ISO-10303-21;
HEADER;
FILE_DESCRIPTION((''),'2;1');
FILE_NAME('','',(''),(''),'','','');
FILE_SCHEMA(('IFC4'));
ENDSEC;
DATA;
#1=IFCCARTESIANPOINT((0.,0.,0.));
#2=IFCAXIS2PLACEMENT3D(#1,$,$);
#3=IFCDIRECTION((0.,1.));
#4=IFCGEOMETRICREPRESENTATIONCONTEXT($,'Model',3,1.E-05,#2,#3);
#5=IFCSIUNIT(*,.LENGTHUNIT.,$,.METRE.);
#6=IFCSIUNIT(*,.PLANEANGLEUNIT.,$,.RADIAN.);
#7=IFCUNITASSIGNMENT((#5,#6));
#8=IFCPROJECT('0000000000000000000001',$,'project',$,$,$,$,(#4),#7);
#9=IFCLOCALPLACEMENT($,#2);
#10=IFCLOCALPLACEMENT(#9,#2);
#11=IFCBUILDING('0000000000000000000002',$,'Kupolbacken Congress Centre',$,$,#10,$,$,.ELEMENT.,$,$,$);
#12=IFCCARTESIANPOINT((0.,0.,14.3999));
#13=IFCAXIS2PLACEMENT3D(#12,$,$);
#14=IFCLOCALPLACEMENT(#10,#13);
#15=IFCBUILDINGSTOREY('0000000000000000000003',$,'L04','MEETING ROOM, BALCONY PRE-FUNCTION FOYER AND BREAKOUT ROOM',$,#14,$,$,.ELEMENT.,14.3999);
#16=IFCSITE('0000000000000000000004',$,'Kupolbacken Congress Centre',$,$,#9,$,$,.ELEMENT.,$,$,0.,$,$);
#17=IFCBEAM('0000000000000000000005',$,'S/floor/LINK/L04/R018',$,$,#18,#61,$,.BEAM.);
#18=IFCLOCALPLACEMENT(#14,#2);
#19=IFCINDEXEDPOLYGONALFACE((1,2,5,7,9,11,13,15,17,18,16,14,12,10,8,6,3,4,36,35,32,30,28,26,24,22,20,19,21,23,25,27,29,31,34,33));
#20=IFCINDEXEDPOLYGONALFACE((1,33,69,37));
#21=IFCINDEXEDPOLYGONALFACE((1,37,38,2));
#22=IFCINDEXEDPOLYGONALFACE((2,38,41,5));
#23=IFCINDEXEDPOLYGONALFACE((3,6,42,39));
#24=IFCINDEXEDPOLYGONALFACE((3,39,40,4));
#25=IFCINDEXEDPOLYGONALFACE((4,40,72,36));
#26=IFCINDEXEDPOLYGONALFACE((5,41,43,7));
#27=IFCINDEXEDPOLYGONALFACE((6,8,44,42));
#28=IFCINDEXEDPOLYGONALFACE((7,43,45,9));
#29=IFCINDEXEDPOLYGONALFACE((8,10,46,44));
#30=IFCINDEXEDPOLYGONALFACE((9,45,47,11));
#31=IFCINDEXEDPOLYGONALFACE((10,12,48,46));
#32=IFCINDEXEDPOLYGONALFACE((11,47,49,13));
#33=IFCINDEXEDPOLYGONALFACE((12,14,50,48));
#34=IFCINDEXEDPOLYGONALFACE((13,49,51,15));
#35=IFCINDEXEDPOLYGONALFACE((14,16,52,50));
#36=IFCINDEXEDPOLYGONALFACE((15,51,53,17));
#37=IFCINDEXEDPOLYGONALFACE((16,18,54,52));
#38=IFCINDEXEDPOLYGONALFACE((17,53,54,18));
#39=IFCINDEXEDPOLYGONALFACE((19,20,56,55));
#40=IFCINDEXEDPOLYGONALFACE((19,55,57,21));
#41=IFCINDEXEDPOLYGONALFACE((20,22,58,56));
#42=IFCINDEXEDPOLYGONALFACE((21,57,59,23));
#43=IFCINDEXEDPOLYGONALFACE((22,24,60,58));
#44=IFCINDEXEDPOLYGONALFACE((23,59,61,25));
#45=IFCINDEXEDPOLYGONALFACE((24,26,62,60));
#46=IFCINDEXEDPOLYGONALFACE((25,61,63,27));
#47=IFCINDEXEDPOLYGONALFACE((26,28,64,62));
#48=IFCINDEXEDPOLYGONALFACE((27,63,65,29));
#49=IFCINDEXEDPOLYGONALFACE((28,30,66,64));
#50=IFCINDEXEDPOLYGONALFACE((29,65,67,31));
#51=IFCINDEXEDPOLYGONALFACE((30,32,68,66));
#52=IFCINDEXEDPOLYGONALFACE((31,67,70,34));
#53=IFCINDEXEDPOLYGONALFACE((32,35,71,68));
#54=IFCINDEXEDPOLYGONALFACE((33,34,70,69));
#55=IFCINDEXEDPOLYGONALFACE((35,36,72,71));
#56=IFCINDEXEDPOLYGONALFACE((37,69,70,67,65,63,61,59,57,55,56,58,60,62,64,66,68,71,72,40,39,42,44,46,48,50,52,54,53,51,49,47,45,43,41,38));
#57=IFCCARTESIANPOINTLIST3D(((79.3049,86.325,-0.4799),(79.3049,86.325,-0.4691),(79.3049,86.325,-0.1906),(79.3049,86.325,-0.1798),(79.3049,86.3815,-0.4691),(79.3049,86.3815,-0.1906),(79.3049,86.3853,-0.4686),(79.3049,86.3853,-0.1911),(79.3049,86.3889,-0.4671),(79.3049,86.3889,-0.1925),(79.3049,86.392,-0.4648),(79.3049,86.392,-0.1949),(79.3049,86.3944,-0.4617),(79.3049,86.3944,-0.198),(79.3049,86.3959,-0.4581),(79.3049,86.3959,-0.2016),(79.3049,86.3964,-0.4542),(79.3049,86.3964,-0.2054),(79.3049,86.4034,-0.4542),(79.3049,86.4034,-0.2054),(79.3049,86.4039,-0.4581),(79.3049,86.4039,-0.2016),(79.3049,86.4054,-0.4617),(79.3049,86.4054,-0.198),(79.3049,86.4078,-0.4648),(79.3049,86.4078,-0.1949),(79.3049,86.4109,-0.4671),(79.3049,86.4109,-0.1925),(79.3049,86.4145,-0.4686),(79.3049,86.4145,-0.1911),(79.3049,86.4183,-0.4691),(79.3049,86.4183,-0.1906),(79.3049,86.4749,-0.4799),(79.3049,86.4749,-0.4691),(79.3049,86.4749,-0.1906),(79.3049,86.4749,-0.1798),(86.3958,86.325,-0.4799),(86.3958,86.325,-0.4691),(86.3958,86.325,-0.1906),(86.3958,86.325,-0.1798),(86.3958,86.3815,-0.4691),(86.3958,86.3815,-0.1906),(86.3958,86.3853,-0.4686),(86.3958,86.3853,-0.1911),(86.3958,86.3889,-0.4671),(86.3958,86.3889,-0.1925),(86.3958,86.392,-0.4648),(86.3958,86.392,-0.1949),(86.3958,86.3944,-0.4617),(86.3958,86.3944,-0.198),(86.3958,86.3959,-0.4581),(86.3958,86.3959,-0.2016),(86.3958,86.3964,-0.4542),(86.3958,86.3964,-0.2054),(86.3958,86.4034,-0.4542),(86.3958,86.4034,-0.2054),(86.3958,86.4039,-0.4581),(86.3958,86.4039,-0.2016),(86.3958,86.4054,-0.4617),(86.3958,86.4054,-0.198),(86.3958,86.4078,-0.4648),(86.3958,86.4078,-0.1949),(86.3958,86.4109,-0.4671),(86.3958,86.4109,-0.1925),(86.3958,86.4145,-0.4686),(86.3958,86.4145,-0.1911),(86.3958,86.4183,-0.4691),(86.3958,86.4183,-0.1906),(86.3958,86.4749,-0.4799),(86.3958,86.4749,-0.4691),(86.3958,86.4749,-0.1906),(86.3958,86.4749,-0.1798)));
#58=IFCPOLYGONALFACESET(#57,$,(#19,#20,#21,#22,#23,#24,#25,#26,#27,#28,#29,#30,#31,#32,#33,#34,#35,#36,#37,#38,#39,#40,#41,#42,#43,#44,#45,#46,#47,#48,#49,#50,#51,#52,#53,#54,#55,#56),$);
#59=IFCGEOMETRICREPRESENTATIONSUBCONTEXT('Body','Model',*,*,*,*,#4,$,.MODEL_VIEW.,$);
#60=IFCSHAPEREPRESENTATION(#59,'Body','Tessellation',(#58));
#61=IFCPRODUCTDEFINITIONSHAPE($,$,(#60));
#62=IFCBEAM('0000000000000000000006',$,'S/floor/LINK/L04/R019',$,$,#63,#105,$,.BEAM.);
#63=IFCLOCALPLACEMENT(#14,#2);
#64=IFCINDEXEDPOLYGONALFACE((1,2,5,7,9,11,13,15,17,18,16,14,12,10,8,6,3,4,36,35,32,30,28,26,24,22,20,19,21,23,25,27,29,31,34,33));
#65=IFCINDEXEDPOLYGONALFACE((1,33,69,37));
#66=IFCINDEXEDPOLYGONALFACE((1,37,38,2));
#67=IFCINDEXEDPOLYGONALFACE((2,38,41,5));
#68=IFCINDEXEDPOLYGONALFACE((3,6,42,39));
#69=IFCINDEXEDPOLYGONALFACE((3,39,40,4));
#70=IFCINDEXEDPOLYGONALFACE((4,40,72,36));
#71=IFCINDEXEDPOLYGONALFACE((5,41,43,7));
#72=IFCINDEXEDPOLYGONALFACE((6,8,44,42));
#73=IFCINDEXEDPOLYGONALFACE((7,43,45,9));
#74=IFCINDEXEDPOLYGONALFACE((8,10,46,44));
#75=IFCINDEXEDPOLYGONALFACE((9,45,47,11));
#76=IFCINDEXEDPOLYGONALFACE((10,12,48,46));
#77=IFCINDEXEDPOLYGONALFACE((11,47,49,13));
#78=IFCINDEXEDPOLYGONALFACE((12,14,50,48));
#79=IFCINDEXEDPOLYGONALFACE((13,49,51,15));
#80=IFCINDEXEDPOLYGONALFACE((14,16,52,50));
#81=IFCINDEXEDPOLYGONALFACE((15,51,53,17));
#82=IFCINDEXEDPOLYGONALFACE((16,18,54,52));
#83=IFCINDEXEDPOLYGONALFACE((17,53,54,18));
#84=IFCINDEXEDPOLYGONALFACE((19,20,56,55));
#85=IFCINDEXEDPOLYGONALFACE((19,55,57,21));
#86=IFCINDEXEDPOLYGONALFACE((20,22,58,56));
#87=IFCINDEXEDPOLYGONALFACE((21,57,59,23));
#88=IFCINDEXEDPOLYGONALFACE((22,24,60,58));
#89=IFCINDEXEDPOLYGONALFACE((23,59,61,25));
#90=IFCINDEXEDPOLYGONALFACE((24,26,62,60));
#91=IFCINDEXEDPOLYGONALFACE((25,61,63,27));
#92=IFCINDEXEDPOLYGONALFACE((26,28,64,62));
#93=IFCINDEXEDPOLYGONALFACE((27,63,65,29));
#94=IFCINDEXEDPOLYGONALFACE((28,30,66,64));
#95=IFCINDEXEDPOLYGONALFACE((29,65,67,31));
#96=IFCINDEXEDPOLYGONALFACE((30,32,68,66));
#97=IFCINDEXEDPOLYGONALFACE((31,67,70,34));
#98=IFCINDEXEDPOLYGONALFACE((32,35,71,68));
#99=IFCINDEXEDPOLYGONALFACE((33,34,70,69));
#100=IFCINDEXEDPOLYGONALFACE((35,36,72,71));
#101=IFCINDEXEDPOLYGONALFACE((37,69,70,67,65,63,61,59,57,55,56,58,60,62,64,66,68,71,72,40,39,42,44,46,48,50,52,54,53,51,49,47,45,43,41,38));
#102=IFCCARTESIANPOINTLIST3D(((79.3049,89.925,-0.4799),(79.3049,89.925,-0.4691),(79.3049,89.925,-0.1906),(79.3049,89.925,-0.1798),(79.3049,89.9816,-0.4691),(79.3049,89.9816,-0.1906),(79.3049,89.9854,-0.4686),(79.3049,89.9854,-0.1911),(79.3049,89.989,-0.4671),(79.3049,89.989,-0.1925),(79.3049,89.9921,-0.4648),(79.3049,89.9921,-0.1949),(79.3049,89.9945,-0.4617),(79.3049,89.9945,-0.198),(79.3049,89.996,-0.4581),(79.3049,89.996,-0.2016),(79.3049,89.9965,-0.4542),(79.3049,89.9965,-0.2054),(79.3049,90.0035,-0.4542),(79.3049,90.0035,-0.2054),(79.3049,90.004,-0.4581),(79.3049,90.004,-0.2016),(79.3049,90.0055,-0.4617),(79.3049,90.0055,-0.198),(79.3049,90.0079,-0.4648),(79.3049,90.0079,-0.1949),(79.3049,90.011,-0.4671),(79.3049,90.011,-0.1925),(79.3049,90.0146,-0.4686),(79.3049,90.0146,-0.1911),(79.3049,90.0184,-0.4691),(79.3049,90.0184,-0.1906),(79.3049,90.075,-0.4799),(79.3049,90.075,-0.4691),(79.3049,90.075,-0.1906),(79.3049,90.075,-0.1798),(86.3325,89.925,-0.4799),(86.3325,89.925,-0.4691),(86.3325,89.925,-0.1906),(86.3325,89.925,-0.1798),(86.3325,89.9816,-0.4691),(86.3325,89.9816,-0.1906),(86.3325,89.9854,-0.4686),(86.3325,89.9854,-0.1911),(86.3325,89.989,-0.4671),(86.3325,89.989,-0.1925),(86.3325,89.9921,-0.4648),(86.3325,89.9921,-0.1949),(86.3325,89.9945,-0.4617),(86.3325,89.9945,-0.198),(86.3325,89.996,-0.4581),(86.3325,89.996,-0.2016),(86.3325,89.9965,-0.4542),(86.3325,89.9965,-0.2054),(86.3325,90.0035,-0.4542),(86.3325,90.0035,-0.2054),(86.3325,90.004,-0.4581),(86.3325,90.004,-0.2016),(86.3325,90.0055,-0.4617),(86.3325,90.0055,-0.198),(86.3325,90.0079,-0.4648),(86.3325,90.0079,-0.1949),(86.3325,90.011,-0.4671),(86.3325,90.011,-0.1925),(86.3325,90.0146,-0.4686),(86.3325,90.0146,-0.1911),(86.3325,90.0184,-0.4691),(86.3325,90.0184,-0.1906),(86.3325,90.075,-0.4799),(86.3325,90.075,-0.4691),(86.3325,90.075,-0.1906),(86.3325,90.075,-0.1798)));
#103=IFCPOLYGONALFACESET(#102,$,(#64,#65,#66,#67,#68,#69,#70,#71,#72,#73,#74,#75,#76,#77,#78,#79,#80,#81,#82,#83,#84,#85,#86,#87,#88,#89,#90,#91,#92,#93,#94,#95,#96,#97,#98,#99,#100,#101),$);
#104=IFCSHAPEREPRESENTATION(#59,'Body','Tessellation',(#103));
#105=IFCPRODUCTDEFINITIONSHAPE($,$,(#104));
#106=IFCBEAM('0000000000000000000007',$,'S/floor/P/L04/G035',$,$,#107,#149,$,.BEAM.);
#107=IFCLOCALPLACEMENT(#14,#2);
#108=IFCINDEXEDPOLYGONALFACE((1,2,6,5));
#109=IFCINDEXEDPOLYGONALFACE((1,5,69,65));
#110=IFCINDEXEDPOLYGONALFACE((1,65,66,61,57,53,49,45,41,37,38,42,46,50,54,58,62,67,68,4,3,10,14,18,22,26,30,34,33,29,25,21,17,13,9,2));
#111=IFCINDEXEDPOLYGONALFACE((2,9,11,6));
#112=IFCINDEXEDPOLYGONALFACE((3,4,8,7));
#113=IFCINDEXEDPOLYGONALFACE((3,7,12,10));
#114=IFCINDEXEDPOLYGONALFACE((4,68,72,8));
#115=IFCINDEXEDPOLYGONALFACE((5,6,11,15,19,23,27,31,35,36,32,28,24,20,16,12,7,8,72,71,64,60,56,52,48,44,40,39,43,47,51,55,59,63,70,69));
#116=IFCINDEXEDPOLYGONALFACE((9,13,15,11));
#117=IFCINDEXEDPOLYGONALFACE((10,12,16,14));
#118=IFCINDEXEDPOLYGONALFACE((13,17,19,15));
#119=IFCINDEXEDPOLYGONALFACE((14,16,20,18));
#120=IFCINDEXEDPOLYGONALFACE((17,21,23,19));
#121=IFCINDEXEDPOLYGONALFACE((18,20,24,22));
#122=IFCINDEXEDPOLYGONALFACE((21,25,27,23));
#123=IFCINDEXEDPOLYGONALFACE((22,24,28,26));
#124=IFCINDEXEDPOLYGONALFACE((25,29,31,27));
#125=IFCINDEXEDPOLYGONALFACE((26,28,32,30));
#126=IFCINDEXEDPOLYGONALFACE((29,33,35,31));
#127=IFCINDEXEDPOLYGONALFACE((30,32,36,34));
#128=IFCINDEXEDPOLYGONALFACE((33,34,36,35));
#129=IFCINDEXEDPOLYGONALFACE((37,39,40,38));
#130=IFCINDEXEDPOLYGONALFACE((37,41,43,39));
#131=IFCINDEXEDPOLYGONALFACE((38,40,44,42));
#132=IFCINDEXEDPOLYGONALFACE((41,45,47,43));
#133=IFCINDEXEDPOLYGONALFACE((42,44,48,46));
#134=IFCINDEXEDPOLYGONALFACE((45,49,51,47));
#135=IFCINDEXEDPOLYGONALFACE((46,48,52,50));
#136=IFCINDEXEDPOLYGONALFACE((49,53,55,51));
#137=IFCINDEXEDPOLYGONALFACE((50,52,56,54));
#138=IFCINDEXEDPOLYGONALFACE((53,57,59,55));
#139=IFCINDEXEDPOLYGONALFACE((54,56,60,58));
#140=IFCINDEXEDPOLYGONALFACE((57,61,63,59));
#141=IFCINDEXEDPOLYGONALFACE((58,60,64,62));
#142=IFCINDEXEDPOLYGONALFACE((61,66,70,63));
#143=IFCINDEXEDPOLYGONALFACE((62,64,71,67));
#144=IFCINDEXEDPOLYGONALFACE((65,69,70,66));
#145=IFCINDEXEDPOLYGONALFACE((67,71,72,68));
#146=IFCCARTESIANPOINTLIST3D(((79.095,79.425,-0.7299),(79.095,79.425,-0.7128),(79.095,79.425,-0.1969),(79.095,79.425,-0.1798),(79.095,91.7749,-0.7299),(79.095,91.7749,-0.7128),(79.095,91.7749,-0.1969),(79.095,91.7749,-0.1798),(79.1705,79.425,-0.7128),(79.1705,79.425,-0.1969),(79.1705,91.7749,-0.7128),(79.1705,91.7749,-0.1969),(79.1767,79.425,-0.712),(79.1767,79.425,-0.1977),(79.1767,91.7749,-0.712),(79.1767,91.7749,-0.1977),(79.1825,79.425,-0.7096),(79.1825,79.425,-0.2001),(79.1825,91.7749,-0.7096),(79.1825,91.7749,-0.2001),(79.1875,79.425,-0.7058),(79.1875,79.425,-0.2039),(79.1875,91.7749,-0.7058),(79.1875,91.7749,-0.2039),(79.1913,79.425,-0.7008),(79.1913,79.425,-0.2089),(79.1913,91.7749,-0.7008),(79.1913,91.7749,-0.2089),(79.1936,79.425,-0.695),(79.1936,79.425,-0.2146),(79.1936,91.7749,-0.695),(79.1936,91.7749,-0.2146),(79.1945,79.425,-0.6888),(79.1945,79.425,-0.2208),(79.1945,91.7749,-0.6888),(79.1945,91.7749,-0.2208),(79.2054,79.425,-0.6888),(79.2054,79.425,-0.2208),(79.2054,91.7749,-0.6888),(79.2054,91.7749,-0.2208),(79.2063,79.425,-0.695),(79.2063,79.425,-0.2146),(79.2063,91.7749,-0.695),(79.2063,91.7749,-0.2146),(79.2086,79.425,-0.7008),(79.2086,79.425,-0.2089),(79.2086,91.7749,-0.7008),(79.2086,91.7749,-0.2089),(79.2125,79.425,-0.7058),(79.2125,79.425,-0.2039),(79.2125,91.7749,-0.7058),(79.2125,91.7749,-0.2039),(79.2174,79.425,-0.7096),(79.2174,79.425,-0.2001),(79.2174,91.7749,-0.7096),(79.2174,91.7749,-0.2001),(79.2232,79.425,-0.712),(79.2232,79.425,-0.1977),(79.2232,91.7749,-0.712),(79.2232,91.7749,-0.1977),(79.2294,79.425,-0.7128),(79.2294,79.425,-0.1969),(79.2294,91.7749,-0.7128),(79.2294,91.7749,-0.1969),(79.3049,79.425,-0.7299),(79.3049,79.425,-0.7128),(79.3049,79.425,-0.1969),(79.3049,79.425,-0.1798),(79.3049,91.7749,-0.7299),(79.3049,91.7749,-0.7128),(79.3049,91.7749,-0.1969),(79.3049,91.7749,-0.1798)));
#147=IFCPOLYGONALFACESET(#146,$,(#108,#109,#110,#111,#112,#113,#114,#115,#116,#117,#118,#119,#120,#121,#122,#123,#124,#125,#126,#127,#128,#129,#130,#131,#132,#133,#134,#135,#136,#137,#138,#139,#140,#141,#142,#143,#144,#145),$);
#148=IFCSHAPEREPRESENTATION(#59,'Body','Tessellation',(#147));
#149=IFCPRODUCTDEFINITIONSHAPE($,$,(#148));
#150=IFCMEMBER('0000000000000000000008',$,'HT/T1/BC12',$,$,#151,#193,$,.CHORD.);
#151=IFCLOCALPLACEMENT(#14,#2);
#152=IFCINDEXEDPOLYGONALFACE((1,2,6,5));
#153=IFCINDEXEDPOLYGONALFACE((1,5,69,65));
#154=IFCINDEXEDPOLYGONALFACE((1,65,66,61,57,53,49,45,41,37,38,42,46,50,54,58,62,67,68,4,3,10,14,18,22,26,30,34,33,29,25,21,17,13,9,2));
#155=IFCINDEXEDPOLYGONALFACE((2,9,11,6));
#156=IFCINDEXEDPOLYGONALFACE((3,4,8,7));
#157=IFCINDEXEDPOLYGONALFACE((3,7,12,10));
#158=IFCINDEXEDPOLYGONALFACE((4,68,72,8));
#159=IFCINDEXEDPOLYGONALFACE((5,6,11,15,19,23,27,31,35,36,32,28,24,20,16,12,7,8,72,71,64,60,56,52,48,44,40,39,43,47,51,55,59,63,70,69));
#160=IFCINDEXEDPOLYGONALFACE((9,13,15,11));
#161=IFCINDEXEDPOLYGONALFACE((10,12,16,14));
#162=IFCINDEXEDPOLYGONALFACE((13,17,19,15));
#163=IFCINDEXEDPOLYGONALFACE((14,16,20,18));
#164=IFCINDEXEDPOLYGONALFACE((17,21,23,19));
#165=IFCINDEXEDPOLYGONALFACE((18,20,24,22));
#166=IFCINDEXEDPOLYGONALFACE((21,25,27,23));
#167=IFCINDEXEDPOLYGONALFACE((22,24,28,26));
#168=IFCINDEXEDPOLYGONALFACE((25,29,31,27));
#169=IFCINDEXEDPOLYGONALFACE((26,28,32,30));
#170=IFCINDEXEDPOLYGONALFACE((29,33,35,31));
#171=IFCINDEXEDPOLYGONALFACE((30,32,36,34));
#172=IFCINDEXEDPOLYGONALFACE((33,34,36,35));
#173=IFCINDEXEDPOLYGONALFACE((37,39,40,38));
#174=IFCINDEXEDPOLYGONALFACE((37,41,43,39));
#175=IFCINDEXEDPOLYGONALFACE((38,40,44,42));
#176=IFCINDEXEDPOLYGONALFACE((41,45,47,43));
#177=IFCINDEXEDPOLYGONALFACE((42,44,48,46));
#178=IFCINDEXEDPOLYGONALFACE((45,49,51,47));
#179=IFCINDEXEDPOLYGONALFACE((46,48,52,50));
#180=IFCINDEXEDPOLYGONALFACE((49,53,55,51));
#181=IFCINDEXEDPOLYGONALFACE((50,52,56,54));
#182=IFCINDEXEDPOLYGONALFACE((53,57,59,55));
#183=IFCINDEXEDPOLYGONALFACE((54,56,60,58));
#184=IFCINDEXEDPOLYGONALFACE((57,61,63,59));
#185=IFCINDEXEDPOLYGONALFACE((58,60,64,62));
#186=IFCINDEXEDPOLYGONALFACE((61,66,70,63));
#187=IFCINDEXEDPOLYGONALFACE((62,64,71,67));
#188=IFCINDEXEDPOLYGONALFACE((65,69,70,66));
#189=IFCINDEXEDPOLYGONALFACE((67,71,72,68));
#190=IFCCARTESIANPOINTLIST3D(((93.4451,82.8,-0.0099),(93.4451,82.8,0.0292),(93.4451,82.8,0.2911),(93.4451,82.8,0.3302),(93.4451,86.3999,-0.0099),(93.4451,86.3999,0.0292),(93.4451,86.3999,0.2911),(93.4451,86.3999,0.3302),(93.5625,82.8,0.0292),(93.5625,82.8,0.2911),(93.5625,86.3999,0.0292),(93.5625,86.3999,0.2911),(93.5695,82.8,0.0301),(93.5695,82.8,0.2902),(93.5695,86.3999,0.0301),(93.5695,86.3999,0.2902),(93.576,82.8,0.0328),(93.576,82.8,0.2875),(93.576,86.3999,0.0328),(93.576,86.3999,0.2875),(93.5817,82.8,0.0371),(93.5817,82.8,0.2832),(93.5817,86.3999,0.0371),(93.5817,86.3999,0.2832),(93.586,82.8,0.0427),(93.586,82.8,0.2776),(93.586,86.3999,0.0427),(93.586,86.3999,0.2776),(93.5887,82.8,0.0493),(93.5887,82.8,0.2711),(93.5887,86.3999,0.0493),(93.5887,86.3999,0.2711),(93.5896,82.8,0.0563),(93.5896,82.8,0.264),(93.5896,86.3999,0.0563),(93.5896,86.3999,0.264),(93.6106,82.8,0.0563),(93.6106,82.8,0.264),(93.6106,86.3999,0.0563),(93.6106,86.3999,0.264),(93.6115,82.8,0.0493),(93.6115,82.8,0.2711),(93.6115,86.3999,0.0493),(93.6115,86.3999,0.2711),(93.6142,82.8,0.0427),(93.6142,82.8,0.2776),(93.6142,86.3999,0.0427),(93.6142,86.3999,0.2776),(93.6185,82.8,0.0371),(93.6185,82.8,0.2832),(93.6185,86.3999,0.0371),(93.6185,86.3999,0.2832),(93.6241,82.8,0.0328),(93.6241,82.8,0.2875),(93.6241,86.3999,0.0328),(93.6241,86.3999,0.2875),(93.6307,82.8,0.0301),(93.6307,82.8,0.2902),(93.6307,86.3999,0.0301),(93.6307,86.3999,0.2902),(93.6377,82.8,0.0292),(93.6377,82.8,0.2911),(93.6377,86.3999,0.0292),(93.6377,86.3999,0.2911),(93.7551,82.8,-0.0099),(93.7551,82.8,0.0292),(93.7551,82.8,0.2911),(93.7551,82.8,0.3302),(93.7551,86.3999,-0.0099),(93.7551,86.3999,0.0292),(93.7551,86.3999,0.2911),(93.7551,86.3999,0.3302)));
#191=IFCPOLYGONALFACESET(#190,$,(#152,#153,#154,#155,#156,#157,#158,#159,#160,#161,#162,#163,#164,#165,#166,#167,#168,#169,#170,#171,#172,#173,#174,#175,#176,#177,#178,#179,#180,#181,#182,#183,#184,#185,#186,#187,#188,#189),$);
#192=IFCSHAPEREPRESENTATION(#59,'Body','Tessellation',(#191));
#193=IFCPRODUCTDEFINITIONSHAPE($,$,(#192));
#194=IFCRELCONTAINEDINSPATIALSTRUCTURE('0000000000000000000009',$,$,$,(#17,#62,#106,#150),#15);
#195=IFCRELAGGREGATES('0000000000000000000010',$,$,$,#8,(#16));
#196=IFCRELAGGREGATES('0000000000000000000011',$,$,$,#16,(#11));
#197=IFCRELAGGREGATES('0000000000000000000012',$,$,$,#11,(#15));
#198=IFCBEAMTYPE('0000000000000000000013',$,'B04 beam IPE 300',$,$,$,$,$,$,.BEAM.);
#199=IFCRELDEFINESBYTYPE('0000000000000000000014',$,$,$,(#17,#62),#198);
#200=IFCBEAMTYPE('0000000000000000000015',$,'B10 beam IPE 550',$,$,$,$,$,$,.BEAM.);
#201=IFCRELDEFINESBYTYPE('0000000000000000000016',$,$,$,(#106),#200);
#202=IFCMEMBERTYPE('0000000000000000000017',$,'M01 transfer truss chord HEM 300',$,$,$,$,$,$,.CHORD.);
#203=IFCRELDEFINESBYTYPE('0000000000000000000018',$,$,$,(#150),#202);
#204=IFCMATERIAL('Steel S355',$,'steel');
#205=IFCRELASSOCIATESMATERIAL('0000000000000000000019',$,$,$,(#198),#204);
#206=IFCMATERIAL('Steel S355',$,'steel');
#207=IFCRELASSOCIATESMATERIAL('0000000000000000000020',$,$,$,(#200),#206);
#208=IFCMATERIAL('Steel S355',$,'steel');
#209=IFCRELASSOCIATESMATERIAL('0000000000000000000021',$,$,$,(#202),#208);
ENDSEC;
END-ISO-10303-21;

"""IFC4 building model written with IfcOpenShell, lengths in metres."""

from ifc_helpers import new_model, si_unit, direction, frame, origin, origin_2d, place, context, subcontext, project, spatial, i_section, extrude, material, material_profile, profile_set, type_object, element, save


model = new_model("IFC4")

# Units and contexts
model_context = context("Model", 3, precision=1e-05, world=origin(), true_north=direction((0.0, 1.0)))
body_context = subcontext(model_context, "Body", "Model", "MODEL_VIEW")
ifc_project = project(units=[si_unit("LENGTHUNIT", "METRE"), si_unit("PLANEANGLEUNIT", "RADIAN")], contexts=[model_context])

# Site, building, storey
site_placement = place(None, origin())
site = spatial("IfcSite", under=ifc_project, at=site_placement, Name="Kupolbacken Congress Centre", CompositionType="ELEMENT", RefElevation=0.0)
building_placement = place(site_placement, origin())
building = spatial("IfcBuilding", under=site, at=building_placement, Name="Kupolbacken Congress Centre", CompositionType="ELEMENT")
storey_placement = place(building_placement, frame((0.0, 0.0, 14.3999)))
storey = spatial("IfcBuildingStorey", under=building, at=storey_placement, Name="L04", Description="MEETING ROOM, BALCONY PRE-FUNCTION FOYER AND BREAKOUT ROOM", CompositionType="ELEMENT", Elevation=14.3999)

# Beams
ifc_material_1 = material(Name="Steel S355", Category="steel")
ifc_material_profile_1 = material_profile(ifc_material_1, i_section(OverallWidth=0.1499, OverallDepth=0.3, WebThickness=0.0071, FlangeThickness=0.0107, FilletRadius=0.0149, at=origin_2d()), Name="IPE 300")
ifc_profile_set_1 = profile_set([ifc_material_profile_1], Name="Steel S355")
beam_type_1 = type_object("IfcBeamType", Name="B04 beam IPE 300", PredefinedType="BEAM", material=ifc_profile_set_1)
beam_1_placement = place(storey_placement, frame((79.3049, 86.3999, -0.3298), z_axis=(1.0, 0.0, 0.0), x_axis=(0.0, 1.0, 0.0)))
element("IfcBeam", 1, at=beam_1_placement, inside=storey, type_object=beam_type_1, Name="S/floor/LINK/L04/R018", PredefinedType="BEAM", context=body_context, shape_type="SweptSolid", body=[
    extrude(i_section(OverallWidth=0.1499, OverallDepth=0.3, WebThickness=0.0071, FlangeThickness=0.0107, FilletRadius=0.0149, at=origin_2d()), origin(), (0.0, 0.0, 1.0), 7.0908),
])
beam_2_placement = place(storey_placement, frame((79.3049, 90.0, -0.3298), z_axis=(1.0, 0.0, 0.0), x_axis=(0.0, 1.0, 0.0)))
element("IfcBeam", 2, at=beam_2_placement, inside=storey, type_object=beam_type_1, Name="S/floor/LINK/L04/R019", PredefinedType="BEAM", context=body_context, shape_type="SweptSolid", body=[
    extrude(i_section(OverallWidth=0.1499, OverallDepth=0.3, WebThickness=0.0071, FlangeThickness=0.0107, FilletRadius=0.0149, at=origin_2d()), origin(), (0.0, 0.0, 1.0), 7.0276),
])
ifc_material_2 = material(Name="Steel S355", Category="steel")
ifc_material_profile_2 = material_profile(ifc_material_2, i_section(OverallWidth=0.21, OverallDepth=0.55, WebThickness=0.011, FlangeThickness=0.0171, FilletRadius=0.0239, at=origin_2d()), Name="IPE 550")
ifc_profile_set_2 = profile_set([ifc_material_profile_2], Name="Steel S355")
beam_type_2 = type_object("IfcBeamType", Name="B10 beam IPE 550", PredefinedType="BEAM", material=ifc_profile_set_2)
beam_3_placement = place(storey_placement, frame((79.2, 79.425, -0.4548), z_axis=(0.0, 1.0, 0.0), x_axis=(-1.0, 0.0, 0.0)))
element("IfcBeam", 3, at=beam_3_placement, inside=storey, type_object=beam_type_2, Name="S/floor/P/L04/G035", PredefinedType="BEAM", context=body_context, shape_type="SweptSolid", body=[
    extrude(i_section(OverallWidth=0.21, OverallDepth=0.55, WebThickness=0.011, FlangeThickness=0.0171, FilletRadius=0.0239, at=origin_2d()), origin(), (0.0, 0.0, 1.0), 12.3499),
])

# Member
ifc_material_3 = material(Name="Steel S355", Category="steel")
ifc_material_profile_3 = material_profile(ifc_material_3, i_section(OverallWidth=0.3101, OverallDepth=0.3401, WebThickness=0.021, FlangeThickness=0.0391, FilletRadius=0.0271, at=origin_2d()), Name="HEM 300")
ifc_profile_set_3 = profile_set([ifc_material_profile_3], Name="Steel S355")
member_type_1 = type_object("IfcMemberType", Name="M01 transfer truss chord HEM 300", PredefinedType="CHORD", material=ifc_profile_set_3)
member_1_placement = place(storey_placement, frame((93.6001, 82.8, 0.1602), z_axis=(0.0, 1.0, 0.0), x_axis=(-1.0, 0.0, 0.0)))
element("IfcMember", 4, at=member_1_placement, inside=storey, type_object=member_type_1, Name="HT/T1/BC12", PredefinedType="CHORD", context=body_context, shape_type="SweptSolid", body=[
    extrude(i_section(OverallWidth=0.3101, OverallDepth=0.3401, WebThickness=0.021, FlangeThickness=0.0391, FilletRadius=0.0271, at=origin_2d()), origin(), (0.0, 0.0, 1.0), 3.5999),
])

save(model, "model.ifc")
